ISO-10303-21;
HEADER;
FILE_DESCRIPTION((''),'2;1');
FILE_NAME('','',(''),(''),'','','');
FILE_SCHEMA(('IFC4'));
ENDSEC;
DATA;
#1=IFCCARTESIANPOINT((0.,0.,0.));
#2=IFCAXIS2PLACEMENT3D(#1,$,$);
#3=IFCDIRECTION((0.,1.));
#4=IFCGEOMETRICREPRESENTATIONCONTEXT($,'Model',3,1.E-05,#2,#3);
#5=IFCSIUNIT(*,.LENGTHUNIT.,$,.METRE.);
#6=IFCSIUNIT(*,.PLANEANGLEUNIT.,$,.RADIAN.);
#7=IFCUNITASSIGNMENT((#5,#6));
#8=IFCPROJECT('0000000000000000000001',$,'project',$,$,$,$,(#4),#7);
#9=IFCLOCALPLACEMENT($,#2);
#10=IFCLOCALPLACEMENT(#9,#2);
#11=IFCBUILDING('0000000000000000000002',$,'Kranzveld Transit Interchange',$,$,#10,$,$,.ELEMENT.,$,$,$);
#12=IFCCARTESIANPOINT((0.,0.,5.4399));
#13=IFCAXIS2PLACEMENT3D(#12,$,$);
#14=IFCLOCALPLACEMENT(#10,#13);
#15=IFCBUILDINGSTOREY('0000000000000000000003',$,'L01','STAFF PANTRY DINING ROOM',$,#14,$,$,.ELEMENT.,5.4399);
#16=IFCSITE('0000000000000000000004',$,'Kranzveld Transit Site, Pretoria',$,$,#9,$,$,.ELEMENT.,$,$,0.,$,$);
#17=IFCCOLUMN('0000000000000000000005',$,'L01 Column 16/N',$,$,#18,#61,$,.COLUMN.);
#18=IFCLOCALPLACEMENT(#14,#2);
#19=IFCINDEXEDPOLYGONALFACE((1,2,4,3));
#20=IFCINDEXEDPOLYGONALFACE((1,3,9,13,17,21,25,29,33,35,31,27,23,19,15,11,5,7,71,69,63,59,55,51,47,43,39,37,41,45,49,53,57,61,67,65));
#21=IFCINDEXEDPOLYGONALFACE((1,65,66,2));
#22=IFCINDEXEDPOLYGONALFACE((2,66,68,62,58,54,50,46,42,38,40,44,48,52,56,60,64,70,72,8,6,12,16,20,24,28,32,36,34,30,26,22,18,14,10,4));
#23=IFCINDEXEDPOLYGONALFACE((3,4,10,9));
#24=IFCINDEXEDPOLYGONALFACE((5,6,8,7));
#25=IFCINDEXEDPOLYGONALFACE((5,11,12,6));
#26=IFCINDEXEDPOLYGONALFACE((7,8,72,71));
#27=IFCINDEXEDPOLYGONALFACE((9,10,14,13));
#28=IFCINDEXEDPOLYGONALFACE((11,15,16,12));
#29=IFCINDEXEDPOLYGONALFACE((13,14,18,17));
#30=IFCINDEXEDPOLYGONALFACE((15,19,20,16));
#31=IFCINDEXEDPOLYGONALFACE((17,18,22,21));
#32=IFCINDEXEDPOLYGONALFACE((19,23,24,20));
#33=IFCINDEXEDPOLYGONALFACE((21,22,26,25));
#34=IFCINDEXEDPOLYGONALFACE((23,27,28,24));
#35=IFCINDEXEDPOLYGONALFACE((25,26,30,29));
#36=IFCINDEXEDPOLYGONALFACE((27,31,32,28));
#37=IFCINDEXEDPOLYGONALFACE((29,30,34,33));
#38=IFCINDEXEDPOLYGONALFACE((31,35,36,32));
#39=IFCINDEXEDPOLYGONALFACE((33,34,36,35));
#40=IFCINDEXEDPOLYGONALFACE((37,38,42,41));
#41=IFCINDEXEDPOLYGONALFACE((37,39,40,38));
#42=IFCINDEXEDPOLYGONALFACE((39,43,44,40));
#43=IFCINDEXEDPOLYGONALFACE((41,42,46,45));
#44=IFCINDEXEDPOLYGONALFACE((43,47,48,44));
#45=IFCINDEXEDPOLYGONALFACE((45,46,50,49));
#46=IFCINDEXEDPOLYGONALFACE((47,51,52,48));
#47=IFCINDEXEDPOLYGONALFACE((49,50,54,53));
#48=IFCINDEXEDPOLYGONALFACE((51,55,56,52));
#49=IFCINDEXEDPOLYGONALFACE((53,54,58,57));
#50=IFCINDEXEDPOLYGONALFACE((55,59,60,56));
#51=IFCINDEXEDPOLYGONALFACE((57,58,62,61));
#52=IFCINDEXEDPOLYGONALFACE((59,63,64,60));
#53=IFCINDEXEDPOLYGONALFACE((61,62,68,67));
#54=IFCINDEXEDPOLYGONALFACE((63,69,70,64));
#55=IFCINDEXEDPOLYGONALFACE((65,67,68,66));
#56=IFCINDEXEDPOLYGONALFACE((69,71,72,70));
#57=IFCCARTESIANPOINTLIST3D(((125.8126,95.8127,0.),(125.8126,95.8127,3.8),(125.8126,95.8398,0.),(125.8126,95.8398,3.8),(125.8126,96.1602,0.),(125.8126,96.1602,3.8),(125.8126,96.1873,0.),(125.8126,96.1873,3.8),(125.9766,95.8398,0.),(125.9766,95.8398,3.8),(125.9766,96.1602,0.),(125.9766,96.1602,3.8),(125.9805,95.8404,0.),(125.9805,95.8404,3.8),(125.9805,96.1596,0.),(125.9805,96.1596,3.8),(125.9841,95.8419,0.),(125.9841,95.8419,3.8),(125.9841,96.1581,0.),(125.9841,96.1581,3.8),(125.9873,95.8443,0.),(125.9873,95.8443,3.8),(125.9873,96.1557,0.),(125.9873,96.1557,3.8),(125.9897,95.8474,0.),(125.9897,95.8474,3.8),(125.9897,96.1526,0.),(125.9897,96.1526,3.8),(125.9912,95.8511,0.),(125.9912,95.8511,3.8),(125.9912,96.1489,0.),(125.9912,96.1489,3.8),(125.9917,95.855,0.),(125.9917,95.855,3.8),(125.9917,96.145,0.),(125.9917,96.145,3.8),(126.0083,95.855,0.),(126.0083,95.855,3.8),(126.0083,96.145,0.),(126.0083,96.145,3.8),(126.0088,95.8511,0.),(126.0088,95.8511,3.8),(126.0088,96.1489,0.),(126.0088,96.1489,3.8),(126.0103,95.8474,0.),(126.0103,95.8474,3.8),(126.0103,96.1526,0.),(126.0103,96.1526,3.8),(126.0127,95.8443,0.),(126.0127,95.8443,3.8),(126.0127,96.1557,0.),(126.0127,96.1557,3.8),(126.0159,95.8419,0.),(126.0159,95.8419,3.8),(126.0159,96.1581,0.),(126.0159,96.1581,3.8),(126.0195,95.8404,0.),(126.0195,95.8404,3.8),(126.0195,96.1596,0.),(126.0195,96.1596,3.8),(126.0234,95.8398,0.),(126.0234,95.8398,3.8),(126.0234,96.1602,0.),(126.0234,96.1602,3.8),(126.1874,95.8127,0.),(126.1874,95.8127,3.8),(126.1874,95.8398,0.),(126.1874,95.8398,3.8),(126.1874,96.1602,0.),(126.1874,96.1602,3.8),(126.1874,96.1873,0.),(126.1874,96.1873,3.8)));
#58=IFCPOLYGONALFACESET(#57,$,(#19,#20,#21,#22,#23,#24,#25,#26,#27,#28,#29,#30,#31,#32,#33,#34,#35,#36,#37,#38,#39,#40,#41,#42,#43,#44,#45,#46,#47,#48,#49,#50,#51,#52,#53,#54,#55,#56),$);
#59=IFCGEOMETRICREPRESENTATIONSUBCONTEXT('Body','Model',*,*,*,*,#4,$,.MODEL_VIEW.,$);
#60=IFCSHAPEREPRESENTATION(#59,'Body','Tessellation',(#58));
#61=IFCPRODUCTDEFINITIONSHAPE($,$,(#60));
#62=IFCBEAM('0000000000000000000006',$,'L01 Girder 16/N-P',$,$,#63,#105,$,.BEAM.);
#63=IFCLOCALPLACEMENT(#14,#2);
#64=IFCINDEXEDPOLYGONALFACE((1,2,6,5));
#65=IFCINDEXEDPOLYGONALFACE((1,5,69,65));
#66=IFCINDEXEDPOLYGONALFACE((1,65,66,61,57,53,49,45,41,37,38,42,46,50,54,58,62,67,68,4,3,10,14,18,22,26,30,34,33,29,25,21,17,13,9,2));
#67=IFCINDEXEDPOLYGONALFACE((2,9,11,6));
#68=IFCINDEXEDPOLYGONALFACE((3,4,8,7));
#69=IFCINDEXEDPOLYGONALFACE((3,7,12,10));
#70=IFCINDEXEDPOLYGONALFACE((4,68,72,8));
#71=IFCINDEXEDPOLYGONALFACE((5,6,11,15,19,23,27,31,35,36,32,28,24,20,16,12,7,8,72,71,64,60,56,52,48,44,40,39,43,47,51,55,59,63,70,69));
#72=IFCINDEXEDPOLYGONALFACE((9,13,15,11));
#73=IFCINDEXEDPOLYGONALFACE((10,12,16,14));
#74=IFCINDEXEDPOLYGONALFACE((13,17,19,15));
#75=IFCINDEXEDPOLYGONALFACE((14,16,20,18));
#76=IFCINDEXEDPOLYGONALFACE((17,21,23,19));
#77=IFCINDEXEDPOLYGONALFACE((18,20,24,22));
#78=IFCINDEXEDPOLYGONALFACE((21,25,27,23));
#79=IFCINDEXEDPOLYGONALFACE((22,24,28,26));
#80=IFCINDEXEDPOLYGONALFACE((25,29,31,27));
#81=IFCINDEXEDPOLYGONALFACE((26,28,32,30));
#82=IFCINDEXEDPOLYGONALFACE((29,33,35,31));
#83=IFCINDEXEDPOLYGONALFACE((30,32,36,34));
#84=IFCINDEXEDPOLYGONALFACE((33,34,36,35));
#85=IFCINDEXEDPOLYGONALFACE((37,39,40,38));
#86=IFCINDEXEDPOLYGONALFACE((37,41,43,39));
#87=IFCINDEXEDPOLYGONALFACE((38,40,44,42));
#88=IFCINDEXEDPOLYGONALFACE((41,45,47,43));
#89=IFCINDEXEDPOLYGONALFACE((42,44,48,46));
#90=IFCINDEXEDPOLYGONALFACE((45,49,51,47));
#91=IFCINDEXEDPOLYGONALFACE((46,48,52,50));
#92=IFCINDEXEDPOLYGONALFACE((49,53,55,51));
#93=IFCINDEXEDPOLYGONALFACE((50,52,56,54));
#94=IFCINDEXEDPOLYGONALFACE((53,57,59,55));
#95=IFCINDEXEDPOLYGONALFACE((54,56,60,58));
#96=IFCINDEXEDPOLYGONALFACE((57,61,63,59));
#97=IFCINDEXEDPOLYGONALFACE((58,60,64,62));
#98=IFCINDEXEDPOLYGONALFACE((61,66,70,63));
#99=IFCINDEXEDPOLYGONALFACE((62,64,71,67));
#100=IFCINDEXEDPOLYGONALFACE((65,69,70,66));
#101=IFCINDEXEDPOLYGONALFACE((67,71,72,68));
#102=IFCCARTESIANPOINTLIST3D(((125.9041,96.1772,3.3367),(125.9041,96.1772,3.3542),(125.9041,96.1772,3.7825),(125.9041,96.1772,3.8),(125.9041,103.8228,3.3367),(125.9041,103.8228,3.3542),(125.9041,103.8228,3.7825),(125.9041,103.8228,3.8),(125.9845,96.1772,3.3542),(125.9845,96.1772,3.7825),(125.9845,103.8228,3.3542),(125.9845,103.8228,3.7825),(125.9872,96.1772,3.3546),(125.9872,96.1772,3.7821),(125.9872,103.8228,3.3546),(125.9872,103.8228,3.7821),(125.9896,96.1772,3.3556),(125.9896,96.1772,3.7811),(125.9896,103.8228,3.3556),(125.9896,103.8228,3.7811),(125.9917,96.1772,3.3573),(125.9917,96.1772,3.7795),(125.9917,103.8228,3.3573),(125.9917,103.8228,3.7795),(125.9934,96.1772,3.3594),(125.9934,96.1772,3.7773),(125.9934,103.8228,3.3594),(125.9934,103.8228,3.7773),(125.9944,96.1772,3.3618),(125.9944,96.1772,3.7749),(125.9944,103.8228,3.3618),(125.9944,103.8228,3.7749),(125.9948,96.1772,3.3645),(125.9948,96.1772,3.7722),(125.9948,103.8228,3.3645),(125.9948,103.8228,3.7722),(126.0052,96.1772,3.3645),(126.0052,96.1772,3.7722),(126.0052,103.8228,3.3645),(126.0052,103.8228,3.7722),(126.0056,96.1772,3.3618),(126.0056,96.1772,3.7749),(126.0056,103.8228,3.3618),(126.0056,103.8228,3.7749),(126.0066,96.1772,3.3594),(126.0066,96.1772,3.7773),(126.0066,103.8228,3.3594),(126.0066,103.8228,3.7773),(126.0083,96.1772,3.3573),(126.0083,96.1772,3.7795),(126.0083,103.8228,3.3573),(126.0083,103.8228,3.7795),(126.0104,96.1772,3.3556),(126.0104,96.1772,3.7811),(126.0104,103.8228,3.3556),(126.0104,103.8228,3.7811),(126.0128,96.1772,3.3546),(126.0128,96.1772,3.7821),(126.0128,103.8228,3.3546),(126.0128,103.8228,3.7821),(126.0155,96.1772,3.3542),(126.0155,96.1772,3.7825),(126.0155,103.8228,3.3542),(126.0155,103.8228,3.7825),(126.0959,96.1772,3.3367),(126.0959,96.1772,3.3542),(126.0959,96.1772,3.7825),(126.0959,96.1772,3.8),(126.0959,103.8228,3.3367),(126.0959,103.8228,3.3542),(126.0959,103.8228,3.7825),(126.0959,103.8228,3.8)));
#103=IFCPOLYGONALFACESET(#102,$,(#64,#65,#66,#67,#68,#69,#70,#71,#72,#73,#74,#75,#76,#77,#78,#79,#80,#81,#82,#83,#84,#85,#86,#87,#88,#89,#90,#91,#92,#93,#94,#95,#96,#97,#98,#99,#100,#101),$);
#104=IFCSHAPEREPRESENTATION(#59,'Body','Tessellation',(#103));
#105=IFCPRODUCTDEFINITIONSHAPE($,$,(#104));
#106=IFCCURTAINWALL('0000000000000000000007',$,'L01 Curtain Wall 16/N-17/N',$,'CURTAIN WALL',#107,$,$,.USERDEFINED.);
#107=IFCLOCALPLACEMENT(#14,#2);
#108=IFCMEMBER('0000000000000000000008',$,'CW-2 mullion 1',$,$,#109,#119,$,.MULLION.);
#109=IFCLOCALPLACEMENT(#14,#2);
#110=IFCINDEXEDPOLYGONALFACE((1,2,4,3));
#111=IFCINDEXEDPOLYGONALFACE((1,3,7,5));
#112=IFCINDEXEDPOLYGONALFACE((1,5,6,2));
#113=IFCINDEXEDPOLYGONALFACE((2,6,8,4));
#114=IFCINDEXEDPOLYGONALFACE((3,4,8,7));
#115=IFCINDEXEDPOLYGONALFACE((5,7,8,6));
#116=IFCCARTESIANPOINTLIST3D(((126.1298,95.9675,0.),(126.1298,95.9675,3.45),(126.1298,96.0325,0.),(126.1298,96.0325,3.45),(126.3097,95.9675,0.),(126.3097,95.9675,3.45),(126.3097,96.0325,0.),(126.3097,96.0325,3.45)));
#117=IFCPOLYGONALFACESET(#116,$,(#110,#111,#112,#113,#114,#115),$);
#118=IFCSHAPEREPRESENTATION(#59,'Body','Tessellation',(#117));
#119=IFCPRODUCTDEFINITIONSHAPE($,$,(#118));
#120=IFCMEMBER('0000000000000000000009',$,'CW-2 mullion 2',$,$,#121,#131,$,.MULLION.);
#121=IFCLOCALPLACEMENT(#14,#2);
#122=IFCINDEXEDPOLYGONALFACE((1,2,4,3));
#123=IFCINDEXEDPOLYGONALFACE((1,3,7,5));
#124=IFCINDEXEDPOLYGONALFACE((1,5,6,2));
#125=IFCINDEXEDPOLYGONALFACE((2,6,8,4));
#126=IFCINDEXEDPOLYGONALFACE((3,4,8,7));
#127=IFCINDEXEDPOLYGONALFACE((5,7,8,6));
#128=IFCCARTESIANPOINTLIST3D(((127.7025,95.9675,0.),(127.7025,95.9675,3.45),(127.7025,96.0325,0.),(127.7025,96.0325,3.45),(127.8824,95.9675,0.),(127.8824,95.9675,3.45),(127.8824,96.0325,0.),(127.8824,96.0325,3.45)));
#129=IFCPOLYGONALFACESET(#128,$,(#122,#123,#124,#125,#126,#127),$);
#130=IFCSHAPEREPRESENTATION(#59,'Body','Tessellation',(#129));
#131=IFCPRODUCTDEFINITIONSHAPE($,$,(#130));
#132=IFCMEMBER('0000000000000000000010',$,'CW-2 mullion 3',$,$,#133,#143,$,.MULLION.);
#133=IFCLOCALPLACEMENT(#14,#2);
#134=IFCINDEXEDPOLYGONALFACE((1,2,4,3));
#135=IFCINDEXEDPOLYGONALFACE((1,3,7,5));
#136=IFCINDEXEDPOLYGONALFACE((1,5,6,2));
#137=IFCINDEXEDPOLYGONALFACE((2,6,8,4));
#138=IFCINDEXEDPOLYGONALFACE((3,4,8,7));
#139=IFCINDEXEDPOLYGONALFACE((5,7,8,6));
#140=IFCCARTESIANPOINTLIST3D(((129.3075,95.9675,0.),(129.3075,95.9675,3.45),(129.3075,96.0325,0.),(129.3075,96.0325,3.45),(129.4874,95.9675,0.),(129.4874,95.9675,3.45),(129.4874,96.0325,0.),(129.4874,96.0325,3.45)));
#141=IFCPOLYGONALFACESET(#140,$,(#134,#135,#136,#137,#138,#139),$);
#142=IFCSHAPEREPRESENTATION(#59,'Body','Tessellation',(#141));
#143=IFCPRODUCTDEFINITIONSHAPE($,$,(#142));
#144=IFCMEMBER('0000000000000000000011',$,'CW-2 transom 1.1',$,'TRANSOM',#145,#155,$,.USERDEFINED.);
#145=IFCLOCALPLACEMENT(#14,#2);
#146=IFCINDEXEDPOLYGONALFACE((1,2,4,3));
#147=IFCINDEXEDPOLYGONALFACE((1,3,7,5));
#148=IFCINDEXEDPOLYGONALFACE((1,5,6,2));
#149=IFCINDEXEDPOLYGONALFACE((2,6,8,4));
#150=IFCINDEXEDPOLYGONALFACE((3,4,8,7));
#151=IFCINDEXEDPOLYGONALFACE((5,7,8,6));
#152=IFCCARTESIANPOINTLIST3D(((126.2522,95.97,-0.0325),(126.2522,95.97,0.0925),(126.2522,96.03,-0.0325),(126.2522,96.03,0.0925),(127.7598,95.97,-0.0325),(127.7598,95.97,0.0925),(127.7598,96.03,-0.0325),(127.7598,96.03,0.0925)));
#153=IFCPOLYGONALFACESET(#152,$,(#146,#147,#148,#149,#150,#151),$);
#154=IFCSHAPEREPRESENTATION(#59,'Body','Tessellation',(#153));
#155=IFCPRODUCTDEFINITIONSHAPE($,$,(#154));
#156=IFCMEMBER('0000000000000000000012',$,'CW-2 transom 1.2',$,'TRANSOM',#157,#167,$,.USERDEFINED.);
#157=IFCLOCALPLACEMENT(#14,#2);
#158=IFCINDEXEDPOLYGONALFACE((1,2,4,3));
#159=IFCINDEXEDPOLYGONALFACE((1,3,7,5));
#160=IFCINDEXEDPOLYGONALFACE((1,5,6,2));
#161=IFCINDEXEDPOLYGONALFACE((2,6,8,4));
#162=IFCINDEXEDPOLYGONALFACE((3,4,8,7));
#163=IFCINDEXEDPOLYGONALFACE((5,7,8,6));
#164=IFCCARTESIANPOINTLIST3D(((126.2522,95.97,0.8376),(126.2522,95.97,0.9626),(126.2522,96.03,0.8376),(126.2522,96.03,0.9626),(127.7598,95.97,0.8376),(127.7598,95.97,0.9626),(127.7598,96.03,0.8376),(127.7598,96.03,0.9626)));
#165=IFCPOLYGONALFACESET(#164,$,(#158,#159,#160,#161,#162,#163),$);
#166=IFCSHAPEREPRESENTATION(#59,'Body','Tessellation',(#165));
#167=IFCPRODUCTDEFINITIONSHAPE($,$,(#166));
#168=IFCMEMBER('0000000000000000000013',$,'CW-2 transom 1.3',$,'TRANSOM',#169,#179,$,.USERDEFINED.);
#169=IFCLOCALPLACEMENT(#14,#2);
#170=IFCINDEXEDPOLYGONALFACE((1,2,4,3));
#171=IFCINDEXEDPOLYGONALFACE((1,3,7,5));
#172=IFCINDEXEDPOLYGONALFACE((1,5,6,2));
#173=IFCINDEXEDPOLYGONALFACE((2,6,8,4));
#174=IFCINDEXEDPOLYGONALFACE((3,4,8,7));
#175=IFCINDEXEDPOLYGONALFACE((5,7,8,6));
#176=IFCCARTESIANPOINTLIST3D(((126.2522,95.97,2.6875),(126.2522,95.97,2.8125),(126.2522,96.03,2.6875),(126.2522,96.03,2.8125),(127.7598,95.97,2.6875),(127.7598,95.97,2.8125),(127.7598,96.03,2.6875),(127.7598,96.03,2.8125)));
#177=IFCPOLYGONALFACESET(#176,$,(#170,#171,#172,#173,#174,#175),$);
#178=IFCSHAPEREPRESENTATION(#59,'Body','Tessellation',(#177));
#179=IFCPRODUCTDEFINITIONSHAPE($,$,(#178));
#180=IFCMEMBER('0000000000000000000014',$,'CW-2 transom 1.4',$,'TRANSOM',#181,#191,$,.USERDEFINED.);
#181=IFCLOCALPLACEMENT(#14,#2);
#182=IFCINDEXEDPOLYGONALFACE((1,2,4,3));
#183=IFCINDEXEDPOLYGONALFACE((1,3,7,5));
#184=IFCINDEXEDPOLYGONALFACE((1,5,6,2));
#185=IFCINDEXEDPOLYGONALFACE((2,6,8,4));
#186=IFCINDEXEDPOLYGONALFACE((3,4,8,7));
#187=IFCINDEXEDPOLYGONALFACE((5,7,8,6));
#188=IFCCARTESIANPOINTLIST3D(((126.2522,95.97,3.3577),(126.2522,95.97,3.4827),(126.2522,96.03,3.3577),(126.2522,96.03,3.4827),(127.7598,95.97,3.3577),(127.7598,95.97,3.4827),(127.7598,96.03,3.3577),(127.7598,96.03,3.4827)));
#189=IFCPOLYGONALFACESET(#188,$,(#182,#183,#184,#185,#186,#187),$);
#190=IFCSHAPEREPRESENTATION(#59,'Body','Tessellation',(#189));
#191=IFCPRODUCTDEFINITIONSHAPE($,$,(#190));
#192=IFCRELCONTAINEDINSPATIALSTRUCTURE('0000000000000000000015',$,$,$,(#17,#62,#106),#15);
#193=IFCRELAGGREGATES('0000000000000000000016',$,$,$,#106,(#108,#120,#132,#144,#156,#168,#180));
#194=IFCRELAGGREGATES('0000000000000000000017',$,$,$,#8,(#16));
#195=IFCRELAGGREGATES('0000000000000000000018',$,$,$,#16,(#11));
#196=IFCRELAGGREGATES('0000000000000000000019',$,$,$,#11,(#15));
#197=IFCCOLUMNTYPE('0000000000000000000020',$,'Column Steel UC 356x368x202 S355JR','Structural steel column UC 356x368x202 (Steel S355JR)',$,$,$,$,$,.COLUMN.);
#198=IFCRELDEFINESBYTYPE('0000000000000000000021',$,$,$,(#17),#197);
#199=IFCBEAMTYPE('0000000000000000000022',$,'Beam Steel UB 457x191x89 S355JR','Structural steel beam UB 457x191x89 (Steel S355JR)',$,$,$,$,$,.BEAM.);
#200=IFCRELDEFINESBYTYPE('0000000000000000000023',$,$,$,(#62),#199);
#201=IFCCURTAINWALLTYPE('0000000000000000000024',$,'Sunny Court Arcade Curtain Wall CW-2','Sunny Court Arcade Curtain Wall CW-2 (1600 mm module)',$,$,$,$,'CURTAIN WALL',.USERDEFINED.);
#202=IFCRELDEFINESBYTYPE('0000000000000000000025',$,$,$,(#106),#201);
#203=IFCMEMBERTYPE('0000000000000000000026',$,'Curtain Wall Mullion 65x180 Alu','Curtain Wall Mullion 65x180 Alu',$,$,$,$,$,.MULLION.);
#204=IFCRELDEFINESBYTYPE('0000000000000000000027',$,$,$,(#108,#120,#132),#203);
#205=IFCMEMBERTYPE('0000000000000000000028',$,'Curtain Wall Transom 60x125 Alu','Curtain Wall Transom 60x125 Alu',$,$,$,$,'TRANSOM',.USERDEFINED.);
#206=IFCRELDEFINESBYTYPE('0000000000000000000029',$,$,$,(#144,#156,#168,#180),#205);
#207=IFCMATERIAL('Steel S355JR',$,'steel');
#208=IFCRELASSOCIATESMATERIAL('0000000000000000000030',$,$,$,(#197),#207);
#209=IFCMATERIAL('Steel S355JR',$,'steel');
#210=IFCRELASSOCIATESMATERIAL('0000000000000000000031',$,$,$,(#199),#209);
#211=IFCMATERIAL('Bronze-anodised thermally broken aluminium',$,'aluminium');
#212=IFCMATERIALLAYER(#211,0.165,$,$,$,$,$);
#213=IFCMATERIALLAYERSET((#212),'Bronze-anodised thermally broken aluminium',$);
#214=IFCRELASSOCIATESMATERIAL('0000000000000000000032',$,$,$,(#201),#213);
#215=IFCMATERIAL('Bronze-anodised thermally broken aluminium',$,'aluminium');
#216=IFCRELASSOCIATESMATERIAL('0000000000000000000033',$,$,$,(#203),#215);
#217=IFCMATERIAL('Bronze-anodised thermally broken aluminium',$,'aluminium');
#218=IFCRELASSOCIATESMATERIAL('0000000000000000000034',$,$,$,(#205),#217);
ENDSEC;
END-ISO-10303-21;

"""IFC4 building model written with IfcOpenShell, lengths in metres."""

from ifc_helpers import new_model, si_unit, direction, frame, origin, origin_2d, place, context, subcontext, project, spatial, rectangle, i_section, extrude, material, layer, layer_set, material_profile, profile_set, type_object, element, aggregate, save


model = new_model("IFC4")

# Units and contexts
model_context = context("Model", 3, precision=1e-05, world=origin(), true_north=direction((0.0, 1.0)))
body_context = subcontext(model_context, "Body", "Model", "MODEL_VIEW")
ifc_project = project(units=[si_unit("LENGTHUNIT", "METRE"), si_unit("PLANEANGLEUNIT", "RADIAN")], contexts=[model_context])

# Site, building, storey
site_placement = place(None, origin())
site = spatial("IfcSite", under=ifc_project, at=site_placement, Name="Kranzveld Transit Site, Pretoria", CompositionType="ELEMENT", RefElevation=0.0)
building_placement = place(site_placement, origin())
building = spatial("IfcBuilding", under=site, at=building_placement, Name="Kranzveld Transit Interchange", CompositionType="ELEMENT")
storey_placement = place(building_placement, frame((0.0, 0.0, 5.4399)))
storey = spatial("IfcBuildingStorey", under=building, at=storey_placement, Name="L01", Description="STAFF PANTRY DINING ROOM", CompositionType="ELEMENT", Elevation=5.4399)

# Column
ifc_material_1 = material(Name="Steel S355JR", Category="steel")
ifc_material_profile_1 = material_profile(ifc_material_1, i_section(OverallWidth=0.3748, OverallDepth=0.3745, WebThickness=0.0166, FlangeThickness=0.0271, FilletRadius=0.0151, at=origin_2d()), Name="UC 356x368x202")
ifc_profile_set_1 = profile_set([ifc_material_profile_1], Name="Steel S355JR")
column_type = type_object("IfcColumnType", Name="Column Steel UC 356x368x202 S355JR", Description="Structural steel column UC 356x368x202 (Steel S355JR)", PredefinedType="COLUMN", material=ifc_profile_set_1)
column_placement = place(storey_placement, frame((126.0, 96.0, 0.0), z_axis=(0.0, 0.0, 1.0), x_axis=(1.0, 0.0, 0.0)))
element("IfcColumn", 1, at=column_placement, inside=storey, type_object=column_type, Name="L01 Column 16/N", PredefinedType="COLUMN", context=body_context, shape_type="SweptSolid", body=[
    extrude(i_section(OverallWidth=0.3748, OverallDepth=0.3745, WebThickness=0.0166, FlangeThickness=0.0271, FilletRadius=0.0151, at=origin_2d()), origin(), (0.0, 0.0, 1.0), 3.8),
])

# Beam
ifc_material_2 = material(Name="Steel S355JR", Category="steel")
ifc_material_profile_2 = material_profile(ifc_material_2, i_section(OverallWidth=0.1919, OverallDepth=0.4634, WebThickness=0.0105, FlangeThickness=0.0176, FilletRadius=0.0103, at=origin_2d()), Name="UB 457x191x89")
ifc_profile_set_2 = profile_set([ifc_material_profile_2], Name="Steel S355JR")
beam_type_1 = type_object("IfcBeamType", Name="Beam Steel UB 457x191x89 S355JR", Description="Structural steel beam UB 457x191x89 (Steel S355JR)", PredefinedType="BEAM", material=ifc_profile_set_2)
beam_1_placement = place(storey_placement, frame((126.0, 96.1772, 3.5684), z_axis=(0.0, 1.0, 0.0), x_axis=(-1.0, 0.0, 0.0)))
element("IfcBeam", 2, at=beam_1_placement, inside=storey, type_object=beam_type_1, Name="L01 Girder 16/N-P", PredefinedType="BEAM", context=body_context, shape_type="SweptSolid", body=[
    extrude(i_section(OverallWidth=0.1919, OverallDepth=0.4634, WebThickness=0.0105, FlangeThickness=0.0176, FilletRadius=0.0103, at=origin_2d()), origin(), (0.0, 0.0, 1.0), 7.6455),
])

# Curtain wall, members
ifc_material_3 = material(Name="Bronze-anodised thermally broken aluminium", Category="aluminium")
ifc_layer_1 = layer(ifc_material_3, 0.165)
ifc_layer_set_1 = layer_set([ifc_layer_1], Name="Bronze-anodised thermally broken aluminium")
curtain_wall_type = type_object("IfcCurtainWallType", Name="Sunny Court Arcade Curtain Wall CW-2", Description="Sunny Court Arcade Curtain Wall CW-2 (1600 mm module)", ElementType="CURTAIN WALL", PredefinedType="USERDEFINED", material=ifc_layer_set_1)
curtain_wall_placement = place(storey_placement, origin())
curtain_wall = element("IfcCurtainWall", 3, at=curtain_wall_placement, inside=storey, type_object=curtain_wall_type, Name="L01 Curtain Wall 16/N-17/N", ObjectType="CURTAIN WALL", PredefinedType="USERDEFINED")
ifc_material_4 = material(Name="Bronze-anodised thermally broken aluminium", Category="aluminium")
ifc_material_profile_3 = material_profile(ifc_material_4, rectangle(XDim=0.0649, YDim=0.1799, at=origin_2d()), Name="ALU MULLION 65x180")
ifc_profile_set_3 = profile_set([ifc_material_profile_3], Name="Bronze-anodised thermally broken aluminium")
member_type_1 = type_object("IfcMemberType", Name="Curtain Wall Mullion 65x180 Alu", Description="Curtain Wall Mullion 65x180 Alu", PredefinedType="MULLION", material=ifc_profile_set_3)
member_1_placement = place(storey_placement, frame((126.2197, 96.0, 0.0), z_axis=(0.0, 0.0, 1.0), x_axis=(0.0, 1.0, 0.0)))
member_1 = element("IfcMember", 4, at=member_1_placement, type_object=member_type_1, Name="CW-2 mullion 1", PredefinedType="MULLION", context=body_context, shape_type="SweptSolid", body=[
    extrude(rectangle(XDim=0.0649, YDim=0.1799, at=origin_2d()), origin(), (0.0, 0.0, 1.0), 3.45),
])
member_2_placement = place(storey_placement, frame((127.7925, 96.0, 0.0), z_axis=(0.0, 0.0, 1.0), x_axis=(0.0, 1.0, 0.0)))
member_2 = element("IfcMember", 5, at=member_2_placement, type_object=member_type_1, Name="CW-2 mullion 2", PredefinedType="MULLION", context=body_context, shape_type="SweptSolid", body=[
    extrude(rectangle(XDim=0.0649, YDim=0.1799, at=origin_2d()), origin(), (0.0, 0.0, 1.0), 3.45),
])
member_3_placement = place(storey_placement, frame((129.3975, 96.0, 0.0), z_axis=(0.0, 0.0, 1.0), x_axis=(0.0, 1.0, 0.0)))
member_3 = element("IfcMember", 6, at=member_3_placement, type_object=member_type_1, Name="CW-2 mullion 3", PredefinedType="MULLION", context=body_context, shape_type="SweptSolid", body=[
    extrude(rectangle(XDim=0.0649, YDim=0.1799, at=origin_2d()), origin(), (0.0, 0.0, 1.0), 3.45),
])
ifc_material_5 = material(Name="Bronze-anodised thermally broken aluminium", Category="aluminium")
ifc_material_profile_4 = material_profile(ifc_material_5, rectangle(XDim=0.0601, YDim=0.125, at=origin_2d()), Name="ALU TRANSOM 60x125")
ifc_profile_set_4 = profile_set([ifc_material_profile_4], Name="Bronze-anodised thermally broken aluminium")
member_type_2 = type_object("IfcMemberType", Name="Curtain Wall Transom 60x125 Alu", Description="Curtain Wall Transom 60x125 Alu", ElementType="TRANSOM", PredefinedType="USERDEFINED", material=ifc_profile_set_4)
member_4_placement = place(storey_placement, frame((126.2522, 96.0, 0.03), z_axis=(1.0, 0.0, 0.0), x_axis=(0.0, 1.0, 0.0)))
member_4 = element("IfcMember", 7, at=member_4_placement, type_object=member_type_2, Name="CW-2 transom 1.1", ObjectType="TRANSOM", PredefinedType="USERDEFINED", context=body_context, shape_type="SweptSolid", body=[
    extrude(rectangle(XDim=0.0601, YDim=0.125, at=origin_2d()), origin(), (0.0, 0.0, 1.0), 1.5076),
])
member_5_placement = place(storey_placement, frame((126.2522, 96.0, 0.9001), z_axis=(1.0, 0.0, 0.0), x_axis=(0.0, 1.0, 0.0)))
member_5 = element("IfcMember", 8, at=member_5_placement, type_object=member_type_2, Name="CW-2 transom 1.2", ObjectType="TRANSOM", PredefinedType="USERDEFINED", context=body_context, shape_type="SweptSolid", body=[
    extrude(rectangle(XDim=0.0601, YDim=0.125, at=origin_2d()), origin(), (0.0, 0.0, 1.0), 1.5076),
])
member_6_placement = place(storey_placement, frame((126.2522, 96.0, 2.75), z_axis=(1.0, 0.0, 0.0), x_axis=(0.0, 1.0, 0.0)))
member_6 = element("IfcMember", 9, at=member_6_placement, type_object=member_type_2, Name="CW-2 transom 1.3", ObjectType="TRANSOM", PredefinedType="USERDEFINED", context=body_context, shape_type="SweptSolid", body=[
    extrude(rectangle(XDim=0.0601, YDim=0.125, at=origin_2d()), origin(), (0.0, 0.0, 1.0), 1.5076),
])
member_7_placement = place(storey_placement, frame((126.2522, 96.0, 3.4202), z_axis=(1.0, 0.0, 0.0), x_axis=(0.0, 1.0, 0.0)))
member_7 = element("IfcMember", 10, at=member_7_placement, type_object=member_type_2, Name="CW-2 transom 1.4", ObjectType="TRANSOM", PredefinedType="USERDEFINED", context=body_context, shape_type="SweptSolid", body=[
    extrude(rectangle(XDim=0.0601, YDim=0.125, at=origin_2d()), origin(), (0.0, 0.0, 1.0), 1.5076),
])

aggregate(curtain_wall, [member_1, member_2, member_3, member_4, member_5, member_6, member_7])

save(model, "model.ifc")
